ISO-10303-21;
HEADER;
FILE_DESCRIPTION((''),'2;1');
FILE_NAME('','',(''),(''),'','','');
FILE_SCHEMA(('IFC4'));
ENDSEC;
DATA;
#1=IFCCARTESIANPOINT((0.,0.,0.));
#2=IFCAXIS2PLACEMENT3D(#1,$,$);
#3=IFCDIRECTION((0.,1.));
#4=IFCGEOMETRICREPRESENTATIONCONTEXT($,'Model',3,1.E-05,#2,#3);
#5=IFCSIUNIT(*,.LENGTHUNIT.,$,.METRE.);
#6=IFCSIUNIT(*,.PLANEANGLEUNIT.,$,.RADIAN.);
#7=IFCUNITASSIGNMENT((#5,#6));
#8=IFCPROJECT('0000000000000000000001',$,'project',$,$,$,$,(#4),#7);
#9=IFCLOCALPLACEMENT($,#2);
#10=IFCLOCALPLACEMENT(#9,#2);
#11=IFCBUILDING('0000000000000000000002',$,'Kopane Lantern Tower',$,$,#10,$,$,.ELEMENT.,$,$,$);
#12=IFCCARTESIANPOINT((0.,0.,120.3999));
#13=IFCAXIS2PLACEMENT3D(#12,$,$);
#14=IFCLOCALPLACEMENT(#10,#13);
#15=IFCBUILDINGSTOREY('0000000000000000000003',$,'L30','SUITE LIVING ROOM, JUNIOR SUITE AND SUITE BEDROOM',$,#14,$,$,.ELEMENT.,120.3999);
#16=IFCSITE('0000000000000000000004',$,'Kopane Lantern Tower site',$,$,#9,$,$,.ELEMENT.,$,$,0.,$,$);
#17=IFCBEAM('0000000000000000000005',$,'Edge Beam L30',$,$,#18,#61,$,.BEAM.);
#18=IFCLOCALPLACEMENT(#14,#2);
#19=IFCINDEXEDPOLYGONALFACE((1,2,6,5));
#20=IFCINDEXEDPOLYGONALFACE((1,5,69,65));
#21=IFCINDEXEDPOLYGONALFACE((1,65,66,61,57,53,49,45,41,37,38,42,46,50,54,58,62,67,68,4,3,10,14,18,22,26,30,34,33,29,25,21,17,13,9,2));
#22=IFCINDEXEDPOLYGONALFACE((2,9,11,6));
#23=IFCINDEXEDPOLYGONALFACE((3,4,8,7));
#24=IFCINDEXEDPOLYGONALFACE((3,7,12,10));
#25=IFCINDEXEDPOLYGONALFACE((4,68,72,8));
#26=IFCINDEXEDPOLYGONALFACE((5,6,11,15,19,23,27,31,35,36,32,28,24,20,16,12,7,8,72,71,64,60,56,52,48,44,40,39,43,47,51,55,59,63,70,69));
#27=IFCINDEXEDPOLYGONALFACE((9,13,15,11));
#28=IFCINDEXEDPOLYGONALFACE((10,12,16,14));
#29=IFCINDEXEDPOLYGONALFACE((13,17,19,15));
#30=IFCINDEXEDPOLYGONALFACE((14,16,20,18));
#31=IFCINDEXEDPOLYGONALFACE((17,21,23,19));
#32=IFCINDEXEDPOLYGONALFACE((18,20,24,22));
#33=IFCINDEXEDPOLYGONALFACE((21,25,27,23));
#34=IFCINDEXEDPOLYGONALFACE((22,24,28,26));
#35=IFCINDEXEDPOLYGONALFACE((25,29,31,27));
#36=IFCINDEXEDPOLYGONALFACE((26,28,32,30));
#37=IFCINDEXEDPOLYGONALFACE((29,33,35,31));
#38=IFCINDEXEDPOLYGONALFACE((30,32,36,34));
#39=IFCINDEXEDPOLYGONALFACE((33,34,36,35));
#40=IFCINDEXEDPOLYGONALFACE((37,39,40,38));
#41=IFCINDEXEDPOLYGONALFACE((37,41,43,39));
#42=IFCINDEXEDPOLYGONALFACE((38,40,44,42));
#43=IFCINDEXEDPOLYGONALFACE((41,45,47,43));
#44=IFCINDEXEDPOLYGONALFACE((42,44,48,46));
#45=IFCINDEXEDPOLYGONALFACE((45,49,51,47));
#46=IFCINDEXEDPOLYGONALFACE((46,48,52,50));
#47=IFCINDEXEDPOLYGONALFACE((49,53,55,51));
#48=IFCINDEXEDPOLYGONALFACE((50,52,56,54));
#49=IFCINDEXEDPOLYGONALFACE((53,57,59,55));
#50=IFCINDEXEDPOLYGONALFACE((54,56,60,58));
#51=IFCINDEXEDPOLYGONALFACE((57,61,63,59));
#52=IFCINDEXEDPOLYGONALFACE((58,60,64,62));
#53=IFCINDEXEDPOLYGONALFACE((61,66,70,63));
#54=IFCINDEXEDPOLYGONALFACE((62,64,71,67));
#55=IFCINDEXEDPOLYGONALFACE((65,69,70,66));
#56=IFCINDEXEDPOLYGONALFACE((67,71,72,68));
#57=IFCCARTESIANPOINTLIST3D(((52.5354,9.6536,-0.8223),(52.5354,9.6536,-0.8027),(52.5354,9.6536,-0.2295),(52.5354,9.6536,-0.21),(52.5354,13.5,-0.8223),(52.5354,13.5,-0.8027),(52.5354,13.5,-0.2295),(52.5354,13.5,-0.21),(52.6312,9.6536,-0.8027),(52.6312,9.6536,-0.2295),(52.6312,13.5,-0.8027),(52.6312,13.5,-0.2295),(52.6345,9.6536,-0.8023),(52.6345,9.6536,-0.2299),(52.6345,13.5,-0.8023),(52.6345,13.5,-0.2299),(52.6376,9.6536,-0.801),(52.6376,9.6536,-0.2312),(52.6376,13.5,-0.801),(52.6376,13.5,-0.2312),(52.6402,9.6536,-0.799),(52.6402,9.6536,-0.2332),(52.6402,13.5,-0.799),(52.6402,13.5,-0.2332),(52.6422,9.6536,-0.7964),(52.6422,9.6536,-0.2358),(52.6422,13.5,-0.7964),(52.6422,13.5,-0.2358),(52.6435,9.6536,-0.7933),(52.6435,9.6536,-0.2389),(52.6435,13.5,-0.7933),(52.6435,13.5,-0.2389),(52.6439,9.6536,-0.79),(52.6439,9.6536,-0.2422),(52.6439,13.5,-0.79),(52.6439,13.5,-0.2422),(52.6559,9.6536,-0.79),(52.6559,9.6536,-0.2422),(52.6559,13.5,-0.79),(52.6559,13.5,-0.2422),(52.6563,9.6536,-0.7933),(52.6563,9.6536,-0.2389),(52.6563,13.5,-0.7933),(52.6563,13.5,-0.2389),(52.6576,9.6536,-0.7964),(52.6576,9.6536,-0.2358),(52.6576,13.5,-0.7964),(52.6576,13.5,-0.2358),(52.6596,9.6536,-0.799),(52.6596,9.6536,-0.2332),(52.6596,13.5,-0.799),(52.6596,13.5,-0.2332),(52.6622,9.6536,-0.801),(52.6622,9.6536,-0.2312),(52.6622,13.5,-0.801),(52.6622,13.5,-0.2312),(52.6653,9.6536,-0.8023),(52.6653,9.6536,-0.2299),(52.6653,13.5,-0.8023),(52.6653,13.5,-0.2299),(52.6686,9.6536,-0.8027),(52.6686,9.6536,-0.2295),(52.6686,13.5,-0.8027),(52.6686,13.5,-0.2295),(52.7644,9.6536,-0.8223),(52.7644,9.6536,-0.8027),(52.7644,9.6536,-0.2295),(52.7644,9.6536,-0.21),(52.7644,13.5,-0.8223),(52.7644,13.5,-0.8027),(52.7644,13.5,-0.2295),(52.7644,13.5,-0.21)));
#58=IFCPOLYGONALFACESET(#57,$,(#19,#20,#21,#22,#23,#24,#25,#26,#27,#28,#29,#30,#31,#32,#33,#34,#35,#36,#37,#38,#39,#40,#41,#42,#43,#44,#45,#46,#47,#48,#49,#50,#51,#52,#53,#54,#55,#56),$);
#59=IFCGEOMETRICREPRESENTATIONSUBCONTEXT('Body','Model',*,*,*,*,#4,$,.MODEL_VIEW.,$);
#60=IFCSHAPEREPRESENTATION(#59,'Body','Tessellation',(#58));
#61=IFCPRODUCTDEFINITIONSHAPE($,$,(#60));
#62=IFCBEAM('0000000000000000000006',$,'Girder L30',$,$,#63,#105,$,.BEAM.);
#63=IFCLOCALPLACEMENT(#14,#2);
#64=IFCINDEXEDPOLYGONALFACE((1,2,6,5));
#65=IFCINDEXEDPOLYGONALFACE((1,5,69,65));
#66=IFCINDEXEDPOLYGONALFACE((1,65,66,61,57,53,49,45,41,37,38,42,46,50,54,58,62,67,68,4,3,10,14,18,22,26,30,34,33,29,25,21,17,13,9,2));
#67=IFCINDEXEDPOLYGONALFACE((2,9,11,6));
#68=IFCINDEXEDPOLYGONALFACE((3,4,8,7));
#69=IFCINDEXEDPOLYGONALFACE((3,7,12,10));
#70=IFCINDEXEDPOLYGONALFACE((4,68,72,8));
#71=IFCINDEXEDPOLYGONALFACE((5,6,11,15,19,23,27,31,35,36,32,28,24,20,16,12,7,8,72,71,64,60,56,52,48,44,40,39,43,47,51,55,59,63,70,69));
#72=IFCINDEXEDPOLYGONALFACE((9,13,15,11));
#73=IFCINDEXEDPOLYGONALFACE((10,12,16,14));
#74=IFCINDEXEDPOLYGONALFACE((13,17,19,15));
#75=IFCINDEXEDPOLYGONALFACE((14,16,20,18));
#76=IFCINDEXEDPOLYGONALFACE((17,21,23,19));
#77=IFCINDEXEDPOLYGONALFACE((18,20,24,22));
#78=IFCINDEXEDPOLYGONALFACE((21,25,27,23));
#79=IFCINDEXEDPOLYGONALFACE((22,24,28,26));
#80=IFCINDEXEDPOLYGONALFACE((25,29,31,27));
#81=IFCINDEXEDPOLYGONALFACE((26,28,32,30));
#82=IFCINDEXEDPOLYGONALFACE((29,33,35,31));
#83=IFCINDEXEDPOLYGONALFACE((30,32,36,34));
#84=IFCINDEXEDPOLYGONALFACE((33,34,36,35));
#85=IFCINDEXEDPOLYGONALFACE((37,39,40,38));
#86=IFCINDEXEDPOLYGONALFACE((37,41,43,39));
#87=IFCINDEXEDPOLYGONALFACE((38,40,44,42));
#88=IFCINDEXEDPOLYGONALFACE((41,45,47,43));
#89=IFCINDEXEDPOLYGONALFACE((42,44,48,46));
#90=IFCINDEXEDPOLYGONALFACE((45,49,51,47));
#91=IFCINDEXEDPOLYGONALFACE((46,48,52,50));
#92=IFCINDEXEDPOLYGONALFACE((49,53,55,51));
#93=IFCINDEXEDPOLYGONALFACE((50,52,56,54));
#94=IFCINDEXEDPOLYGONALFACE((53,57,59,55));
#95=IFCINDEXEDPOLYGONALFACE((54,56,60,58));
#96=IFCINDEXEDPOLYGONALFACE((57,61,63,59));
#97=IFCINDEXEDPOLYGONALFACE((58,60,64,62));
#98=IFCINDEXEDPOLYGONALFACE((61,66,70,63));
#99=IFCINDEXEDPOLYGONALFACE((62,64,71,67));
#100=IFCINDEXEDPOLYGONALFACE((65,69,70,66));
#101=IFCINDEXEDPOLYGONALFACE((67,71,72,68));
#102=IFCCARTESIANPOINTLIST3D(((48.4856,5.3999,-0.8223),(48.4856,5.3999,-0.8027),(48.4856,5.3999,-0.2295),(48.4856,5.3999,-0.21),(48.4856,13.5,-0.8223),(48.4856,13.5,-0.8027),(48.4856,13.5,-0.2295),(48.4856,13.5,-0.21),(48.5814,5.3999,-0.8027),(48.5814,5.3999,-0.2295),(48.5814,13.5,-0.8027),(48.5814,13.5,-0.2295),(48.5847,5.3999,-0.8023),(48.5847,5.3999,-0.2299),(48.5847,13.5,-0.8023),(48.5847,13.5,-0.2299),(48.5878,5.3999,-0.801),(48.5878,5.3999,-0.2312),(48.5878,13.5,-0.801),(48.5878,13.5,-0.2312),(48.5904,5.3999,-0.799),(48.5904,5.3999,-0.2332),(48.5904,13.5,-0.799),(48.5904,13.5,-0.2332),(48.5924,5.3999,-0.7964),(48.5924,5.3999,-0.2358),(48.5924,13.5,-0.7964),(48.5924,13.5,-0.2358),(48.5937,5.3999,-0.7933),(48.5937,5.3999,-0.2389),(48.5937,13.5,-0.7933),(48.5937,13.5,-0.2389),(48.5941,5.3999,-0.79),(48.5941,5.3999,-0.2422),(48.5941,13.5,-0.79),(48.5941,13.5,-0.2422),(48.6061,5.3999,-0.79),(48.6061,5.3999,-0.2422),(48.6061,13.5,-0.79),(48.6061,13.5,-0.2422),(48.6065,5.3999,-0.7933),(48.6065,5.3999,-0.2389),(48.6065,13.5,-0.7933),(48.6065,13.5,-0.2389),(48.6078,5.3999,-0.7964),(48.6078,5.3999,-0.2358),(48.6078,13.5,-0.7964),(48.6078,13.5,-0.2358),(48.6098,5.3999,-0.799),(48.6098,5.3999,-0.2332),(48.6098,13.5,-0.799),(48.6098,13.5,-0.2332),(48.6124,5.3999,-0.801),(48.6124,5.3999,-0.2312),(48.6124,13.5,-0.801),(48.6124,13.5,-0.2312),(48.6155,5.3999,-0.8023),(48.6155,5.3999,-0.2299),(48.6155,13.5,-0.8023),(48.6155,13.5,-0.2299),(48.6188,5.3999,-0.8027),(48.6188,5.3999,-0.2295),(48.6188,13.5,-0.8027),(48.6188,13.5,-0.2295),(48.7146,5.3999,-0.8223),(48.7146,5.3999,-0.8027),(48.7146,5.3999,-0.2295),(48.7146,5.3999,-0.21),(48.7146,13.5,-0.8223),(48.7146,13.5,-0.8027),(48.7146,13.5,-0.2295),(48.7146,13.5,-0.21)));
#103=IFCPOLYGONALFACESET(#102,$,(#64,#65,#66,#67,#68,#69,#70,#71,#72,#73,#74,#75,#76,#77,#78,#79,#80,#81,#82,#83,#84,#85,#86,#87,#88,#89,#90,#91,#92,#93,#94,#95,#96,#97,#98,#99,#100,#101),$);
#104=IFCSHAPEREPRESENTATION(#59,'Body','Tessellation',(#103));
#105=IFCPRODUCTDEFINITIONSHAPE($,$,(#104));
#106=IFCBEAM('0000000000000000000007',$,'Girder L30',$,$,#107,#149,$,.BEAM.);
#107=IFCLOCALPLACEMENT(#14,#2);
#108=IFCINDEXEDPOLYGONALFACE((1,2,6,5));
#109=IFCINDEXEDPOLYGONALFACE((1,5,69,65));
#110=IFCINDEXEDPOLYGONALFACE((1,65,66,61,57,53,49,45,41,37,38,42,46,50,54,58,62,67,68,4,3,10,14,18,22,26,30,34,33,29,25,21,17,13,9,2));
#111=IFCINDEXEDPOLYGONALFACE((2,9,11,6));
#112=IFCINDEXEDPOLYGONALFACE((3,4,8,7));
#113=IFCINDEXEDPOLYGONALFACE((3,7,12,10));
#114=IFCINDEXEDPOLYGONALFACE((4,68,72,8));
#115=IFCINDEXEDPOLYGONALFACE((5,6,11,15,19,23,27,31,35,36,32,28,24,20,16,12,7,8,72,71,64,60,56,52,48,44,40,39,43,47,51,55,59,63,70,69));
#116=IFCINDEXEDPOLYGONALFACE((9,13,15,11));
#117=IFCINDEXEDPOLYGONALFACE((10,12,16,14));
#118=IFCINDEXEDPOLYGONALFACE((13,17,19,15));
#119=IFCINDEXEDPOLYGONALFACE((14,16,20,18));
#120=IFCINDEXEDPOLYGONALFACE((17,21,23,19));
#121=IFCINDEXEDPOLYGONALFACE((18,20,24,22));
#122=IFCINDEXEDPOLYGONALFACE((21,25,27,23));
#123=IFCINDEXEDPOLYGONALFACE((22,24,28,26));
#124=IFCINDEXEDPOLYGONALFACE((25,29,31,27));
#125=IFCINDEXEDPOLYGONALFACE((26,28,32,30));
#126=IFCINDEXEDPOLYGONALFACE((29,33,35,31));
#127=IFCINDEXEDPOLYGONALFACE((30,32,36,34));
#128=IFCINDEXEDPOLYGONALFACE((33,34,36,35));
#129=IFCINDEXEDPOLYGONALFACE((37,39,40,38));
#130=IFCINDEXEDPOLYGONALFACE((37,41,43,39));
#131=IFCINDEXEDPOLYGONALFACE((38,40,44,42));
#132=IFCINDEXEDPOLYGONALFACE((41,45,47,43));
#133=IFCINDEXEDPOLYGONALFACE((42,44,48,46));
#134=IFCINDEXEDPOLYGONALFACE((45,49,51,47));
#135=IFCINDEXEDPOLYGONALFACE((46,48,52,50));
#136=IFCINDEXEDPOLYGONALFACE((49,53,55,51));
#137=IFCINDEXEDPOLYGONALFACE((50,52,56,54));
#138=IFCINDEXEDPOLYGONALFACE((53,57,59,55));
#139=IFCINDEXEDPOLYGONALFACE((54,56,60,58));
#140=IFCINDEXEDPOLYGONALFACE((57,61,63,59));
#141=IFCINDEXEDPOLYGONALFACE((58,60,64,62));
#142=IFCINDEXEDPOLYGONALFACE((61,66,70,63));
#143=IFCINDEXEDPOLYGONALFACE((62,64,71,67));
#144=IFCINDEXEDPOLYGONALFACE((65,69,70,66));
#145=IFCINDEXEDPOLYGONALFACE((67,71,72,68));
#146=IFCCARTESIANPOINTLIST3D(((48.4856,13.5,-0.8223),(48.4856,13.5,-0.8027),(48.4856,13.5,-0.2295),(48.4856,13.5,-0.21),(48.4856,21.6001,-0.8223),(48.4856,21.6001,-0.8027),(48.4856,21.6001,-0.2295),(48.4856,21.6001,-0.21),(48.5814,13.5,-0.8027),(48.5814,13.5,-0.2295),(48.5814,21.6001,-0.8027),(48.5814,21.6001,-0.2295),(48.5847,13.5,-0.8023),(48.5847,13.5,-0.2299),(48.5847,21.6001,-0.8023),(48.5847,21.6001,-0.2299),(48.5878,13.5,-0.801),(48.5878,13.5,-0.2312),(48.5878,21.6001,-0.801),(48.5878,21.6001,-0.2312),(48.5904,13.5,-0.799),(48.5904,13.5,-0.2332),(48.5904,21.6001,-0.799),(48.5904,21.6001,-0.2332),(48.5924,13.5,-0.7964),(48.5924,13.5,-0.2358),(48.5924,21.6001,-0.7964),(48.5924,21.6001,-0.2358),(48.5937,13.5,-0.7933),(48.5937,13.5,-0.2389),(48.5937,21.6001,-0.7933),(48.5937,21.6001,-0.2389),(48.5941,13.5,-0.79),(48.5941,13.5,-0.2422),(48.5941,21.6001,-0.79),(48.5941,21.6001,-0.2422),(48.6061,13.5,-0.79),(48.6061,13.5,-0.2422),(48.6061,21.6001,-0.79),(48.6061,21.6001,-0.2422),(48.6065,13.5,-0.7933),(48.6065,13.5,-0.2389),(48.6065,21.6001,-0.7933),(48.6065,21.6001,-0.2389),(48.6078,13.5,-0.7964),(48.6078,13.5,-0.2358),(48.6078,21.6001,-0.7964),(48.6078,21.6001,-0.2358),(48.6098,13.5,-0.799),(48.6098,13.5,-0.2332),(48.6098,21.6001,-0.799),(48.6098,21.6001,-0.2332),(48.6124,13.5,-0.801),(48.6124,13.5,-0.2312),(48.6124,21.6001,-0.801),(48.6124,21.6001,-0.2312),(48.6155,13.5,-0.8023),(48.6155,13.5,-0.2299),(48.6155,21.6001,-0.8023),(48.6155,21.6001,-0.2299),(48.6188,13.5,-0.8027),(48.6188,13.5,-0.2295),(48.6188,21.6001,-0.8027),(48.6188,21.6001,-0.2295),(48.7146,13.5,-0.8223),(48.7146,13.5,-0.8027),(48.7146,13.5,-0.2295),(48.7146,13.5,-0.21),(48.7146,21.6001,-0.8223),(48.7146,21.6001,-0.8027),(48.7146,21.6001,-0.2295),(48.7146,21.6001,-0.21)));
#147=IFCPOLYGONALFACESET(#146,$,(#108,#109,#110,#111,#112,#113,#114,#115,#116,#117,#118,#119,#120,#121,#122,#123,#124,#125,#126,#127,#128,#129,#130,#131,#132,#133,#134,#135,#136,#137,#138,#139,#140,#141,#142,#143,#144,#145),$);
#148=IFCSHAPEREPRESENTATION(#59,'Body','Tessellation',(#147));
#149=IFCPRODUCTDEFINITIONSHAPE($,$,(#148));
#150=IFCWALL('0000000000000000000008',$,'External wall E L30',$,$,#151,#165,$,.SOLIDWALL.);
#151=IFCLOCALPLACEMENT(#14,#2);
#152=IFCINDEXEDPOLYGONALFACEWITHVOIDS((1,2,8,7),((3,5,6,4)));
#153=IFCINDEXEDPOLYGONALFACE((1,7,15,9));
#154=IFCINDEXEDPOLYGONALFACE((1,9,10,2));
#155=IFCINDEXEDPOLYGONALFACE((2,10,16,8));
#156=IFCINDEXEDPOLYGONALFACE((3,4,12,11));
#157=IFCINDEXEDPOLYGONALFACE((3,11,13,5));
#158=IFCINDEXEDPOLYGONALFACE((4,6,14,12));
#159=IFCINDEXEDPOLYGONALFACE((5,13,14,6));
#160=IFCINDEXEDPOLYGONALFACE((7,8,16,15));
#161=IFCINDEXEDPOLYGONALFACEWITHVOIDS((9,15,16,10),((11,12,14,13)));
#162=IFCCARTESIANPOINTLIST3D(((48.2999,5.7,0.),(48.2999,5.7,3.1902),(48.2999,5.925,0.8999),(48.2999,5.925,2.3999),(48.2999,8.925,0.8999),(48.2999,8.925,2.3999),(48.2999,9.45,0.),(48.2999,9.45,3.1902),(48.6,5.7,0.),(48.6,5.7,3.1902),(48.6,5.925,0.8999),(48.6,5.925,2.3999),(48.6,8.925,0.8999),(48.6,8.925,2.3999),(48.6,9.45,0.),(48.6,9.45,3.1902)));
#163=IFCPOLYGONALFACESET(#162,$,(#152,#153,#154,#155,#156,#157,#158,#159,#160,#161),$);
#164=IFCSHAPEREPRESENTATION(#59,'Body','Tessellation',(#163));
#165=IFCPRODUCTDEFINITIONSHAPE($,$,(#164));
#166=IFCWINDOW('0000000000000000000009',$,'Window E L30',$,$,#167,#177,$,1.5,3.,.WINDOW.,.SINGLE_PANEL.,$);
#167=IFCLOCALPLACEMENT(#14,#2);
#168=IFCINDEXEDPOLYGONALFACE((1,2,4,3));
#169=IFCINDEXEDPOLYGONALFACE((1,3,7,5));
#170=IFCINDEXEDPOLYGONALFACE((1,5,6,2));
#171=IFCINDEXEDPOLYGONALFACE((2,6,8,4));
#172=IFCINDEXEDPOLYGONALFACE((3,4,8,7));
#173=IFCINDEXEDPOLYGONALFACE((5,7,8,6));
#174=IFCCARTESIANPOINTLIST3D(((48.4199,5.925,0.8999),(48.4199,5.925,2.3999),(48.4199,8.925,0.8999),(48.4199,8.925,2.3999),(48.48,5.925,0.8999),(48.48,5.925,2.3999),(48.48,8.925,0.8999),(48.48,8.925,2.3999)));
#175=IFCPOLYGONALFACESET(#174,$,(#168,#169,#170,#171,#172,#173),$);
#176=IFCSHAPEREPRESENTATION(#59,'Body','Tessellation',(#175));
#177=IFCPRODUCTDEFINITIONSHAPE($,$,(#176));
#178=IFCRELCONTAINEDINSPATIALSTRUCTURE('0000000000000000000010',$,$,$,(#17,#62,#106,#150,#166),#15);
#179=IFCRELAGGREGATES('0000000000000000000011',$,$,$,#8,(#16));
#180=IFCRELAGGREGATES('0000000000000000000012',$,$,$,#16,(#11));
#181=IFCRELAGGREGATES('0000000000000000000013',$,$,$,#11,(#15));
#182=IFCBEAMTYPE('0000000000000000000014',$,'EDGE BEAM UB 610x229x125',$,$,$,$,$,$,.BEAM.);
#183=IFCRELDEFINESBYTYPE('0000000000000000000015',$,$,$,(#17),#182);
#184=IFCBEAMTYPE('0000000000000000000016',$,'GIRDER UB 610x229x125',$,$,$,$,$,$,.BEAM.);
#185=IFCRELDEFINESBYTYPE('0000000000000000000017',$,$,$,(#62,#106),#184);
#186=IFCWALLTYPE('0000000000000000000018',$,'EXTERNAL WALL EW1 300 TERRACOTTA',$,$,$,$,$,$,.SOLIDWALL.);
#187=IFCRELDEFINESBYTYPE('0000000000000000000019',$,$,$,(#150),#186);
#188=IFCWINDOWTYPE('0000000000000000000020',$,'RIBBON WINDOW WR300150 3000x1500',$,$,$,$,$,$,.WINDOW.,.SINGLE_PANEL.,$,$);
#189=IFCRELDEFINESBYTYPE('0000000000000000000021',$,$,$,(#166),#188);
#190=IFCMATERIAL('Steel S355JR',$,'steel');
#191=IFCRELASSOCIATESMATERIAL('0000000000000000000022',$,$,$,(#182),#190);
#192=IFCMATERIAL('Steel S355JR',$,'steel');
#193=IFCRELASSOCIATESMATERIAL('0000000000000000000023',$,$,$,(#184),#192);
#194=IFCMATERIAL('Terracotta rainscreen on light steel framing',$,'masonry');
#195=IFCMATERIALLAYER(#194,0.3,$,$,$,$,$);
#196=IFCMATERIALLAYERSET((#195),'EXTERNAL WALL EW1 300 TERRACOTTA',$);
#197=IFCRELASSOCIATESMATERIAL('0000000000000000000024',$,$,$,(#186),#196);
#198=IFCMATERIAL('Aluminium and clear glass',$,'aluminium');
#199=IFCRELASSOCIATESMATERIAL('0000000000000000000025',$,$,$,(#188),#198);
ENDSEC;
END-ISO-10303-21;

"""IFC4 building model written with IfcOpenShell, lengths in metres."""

from ifc_helpers import new_model, si_unit, direction, frame, frame_2d, origin, origin_2d, place, context, subcontext, project, spatial, rectangle, i_section, extrude, material, layer, layer_set, material_profile, profile_set, type_object, element, fill, save


model = new_model("IFC4")

# Units and contexts
model_context = context("Model", 3, precision=1e-05, world=origin(), true_north=direction((0.0, 1.0)))
body_context = subcontext(model_context, "Body", "Model", "MODEL_VIEW")
ifc_project = project(units=[si_unit("LENGTHUNIT", "METRE"), si_unit("PLANEANGLEUNIT", "RADIAN")], contexts=[model_context])

# Site, building, storey
site_placement = place(None, origin())
site = spatial("IfcSite", under=ifc_project, at=site_placement, Name="Kopane Lantern Tower site", CompositionType="ELEMENT", RefElevation=0.0)
building_placement = place(site_placement, origin())
building = spatial("IfcBuilding", under=site, at=building_placement, Name="Kopane Lantern Tower", CompositionType="ELEMENT")
storey_placement = place(building_placement, frame((0.0, 0.0, 120.3999)))
storey = spatial("IfcBuildingStorey", under=building, at=storey_placement, Name="L30", Description="SUITE LIVING ROOM, JUNIOR SUITE AND SUITE BEDROOM", CompositionType="ELEMENT", Elevation=120.3999)

# Beams
ifc_material_1 = material(Name="Steel S355JR", Category="steel")
ifc_material_profile_1 = material_profile(ifc_material_1, i_section(OverallWidth=0.229, OverallDepth=0.6123, WebThickness=0.012, FlangeThickness=0.0195, FilletRadius=0.0127, at=origin_2d()), Name="UB 610x229x125")
ifc_profile_set_1 = profile_set([ifc_material_profile_1], Name="Steel S355JR")
beam_type_1 = type_object("IfcBeamType", Name="EDGE BEAM UB 610x229x125", PredefinedType="BEAM", material=ifc_profile_set_1)
for number, where, z_axis, x_axis, name in (
    (1, (52.6499, 9.6536, -0.5161), (0.0, 1.0, 0.0), (-1.0, 0.0, 0.0), "Edge Beam L30"),
):
    element("IfcBeam", number, at=place(storey_placement, frame(where, z_axis=z_axis, x_axis=x_axis)), inside=storey, type_object=beam_type_1, Name=name, PredefinedType="BEAM", context=body_context, shape_type="SweptSolid", body=[
        extrude(i_section(OverallWidth=0.229, OverallDepth=0.6123, WebThickness=0.012, FlangeThickness=0.0195, FilletRadius=0.0127, at=origin_2d()), origin(), (0.0, 0.0, 1.0), 3.8464),
    ])
ifc_material_2 = material(Name="Steel S355JR", Category="steel")
ifc_material_profile_2 = material_profile(ifc_material_2, i_section(OverallWidth=0.229, OverallDepth=0.6123, WebThickness=0.012, FlangeThickness=0.0195, FilletRadius=0.0127, at=origin_2d()), Name="UB 610x229x125")
ifc_profile_set_2 = profile_set([ifc_material_profile_2], Name="Steel S355JR")
beam_type_2 = type_object("IfcBeamType", Name="GIRDER UB 610x229x125", PredefinedType="BEAM", material=ifc_profile_set_2)
for number, where, z_axis, x_axis, name in (
    (2, (48.6001, 5.3999, -0.5161), (0.0, 1.0, 0.0), (-1.0, 0.0, 0.0), "Girder L30"),
    (3, (48.6001, 13.5, -0.5161), (0.0, 1.0, 0.0), (-1.0, 0.0, 0.0), "Girder L30"),
):
    element("IfcBeam", number, at=place(storey_placement, frame(where, z_axis=z_axis, x_axis=x_axis)), inside=storey, type_object=beam_type_2, Name=name, PredefinedType="BEAM", context=body_context, shape_type="SweptSolid", body=[
        extrude(i_section(OverallWidth=0.229, OverallDepth=0.6123, WebThickness=0.012, FlangeThickness=0.0195, FilletRadius=0.0127, at=origin_2d()), origin(), (0.0, 0.0, 1.0), 8.1001),
    ])

# Wall, opening, window
ifc_material_3 = material(Name="Terracotta rainscreen on light steel framing", Category="masonry")
ifc_layer = layer(ifc_material_3, 0.3)
ifc_layer_set = layer_set([ifc_layer], Name="EXTERNAL WALL EW1 300 TERRACOTTA")
wall_type = type_object("IfcWallType", Name="EXTERNAL WALL EW1 300 TERRACOTTA", PredefinedType="SOLIDWALL", material=ifc_layer_set)
wall_1_placement = place(storey_placement, frame((48.45, 5.7, 0.0), z_axis=(0.0, 0.0, 1.0), x_axis=(0.0, 1.0, 0.0)))
wall_1 = element("IfcWall", 4, at=wall_1_placement, inside=storey, type_object=wall_type, Name="External wall E L30", PredefinedType="SOLIDWALL", context=body_context, shape_type="SweptSolid", body=[
    extrude(rectangle(XDim=3.75, YDim=0.3, at=frame_2d((1.875, 0.0))), origin(), (0.0, 0.0, 1.0), 3.1902),
])
opening_1_placement = place(wall_1_placement, frame((0.2251, 0.0, 0.8999)))
opening_1 = element("IfcOpeningElement", 5, at=opening_1_placement, cuts=wall_1, PredefinedType="OPENING", context=body_context, shape_type="SweptSolid", body=[
    extrude(rectangle(XDim=3.0, YDim=1.5, at=frame_2d((1.5, 0.75))), frame((0.0, 0.1599, 0.0), z_axis=(0.0, -1.0, 0.0), x_axis=(1.0, 0.0, 0.0)), (0.0, 0.0, 1.0), 0.3201),
])
ifc_material_4 = material(Name="Aluminium and clear glass", Category="aluminium")
window_type = type_object("IfcWindowType", Name="RIBBON WINDOW WR300150 3000x1500", PartitioningType="SINGLE_PANEL", PredefinedType="WINDOW", material=ifc_material_4)
window_1_placement = place(opening_1_placement, origin())
window_1 = element("IfcWindow", 6, at=window_1_placement, inside=storey, type_object=window_type, Name="Window E L30", OverallHeight=1.5, OverallWidth=3.0, PartitioningType="SINGLE_PANEL", PredefinedType="WINDOW", context=body_context, shape_type="SweptSolid", body=[
    extrude(rectangle(XDim=3.0, YDim=1.5, at=frame_2d((1.5, 0.75))), frame((0.0, 0.03, 0.0), z_axis=(0.0, -1.0, 0.0), x_axis=(1.0, 0.0, 0.0)), (0.0, 0.0, 1.0), 0.0601),
])
fill(opening_1, window_1)

save(model, "model.ifc")
